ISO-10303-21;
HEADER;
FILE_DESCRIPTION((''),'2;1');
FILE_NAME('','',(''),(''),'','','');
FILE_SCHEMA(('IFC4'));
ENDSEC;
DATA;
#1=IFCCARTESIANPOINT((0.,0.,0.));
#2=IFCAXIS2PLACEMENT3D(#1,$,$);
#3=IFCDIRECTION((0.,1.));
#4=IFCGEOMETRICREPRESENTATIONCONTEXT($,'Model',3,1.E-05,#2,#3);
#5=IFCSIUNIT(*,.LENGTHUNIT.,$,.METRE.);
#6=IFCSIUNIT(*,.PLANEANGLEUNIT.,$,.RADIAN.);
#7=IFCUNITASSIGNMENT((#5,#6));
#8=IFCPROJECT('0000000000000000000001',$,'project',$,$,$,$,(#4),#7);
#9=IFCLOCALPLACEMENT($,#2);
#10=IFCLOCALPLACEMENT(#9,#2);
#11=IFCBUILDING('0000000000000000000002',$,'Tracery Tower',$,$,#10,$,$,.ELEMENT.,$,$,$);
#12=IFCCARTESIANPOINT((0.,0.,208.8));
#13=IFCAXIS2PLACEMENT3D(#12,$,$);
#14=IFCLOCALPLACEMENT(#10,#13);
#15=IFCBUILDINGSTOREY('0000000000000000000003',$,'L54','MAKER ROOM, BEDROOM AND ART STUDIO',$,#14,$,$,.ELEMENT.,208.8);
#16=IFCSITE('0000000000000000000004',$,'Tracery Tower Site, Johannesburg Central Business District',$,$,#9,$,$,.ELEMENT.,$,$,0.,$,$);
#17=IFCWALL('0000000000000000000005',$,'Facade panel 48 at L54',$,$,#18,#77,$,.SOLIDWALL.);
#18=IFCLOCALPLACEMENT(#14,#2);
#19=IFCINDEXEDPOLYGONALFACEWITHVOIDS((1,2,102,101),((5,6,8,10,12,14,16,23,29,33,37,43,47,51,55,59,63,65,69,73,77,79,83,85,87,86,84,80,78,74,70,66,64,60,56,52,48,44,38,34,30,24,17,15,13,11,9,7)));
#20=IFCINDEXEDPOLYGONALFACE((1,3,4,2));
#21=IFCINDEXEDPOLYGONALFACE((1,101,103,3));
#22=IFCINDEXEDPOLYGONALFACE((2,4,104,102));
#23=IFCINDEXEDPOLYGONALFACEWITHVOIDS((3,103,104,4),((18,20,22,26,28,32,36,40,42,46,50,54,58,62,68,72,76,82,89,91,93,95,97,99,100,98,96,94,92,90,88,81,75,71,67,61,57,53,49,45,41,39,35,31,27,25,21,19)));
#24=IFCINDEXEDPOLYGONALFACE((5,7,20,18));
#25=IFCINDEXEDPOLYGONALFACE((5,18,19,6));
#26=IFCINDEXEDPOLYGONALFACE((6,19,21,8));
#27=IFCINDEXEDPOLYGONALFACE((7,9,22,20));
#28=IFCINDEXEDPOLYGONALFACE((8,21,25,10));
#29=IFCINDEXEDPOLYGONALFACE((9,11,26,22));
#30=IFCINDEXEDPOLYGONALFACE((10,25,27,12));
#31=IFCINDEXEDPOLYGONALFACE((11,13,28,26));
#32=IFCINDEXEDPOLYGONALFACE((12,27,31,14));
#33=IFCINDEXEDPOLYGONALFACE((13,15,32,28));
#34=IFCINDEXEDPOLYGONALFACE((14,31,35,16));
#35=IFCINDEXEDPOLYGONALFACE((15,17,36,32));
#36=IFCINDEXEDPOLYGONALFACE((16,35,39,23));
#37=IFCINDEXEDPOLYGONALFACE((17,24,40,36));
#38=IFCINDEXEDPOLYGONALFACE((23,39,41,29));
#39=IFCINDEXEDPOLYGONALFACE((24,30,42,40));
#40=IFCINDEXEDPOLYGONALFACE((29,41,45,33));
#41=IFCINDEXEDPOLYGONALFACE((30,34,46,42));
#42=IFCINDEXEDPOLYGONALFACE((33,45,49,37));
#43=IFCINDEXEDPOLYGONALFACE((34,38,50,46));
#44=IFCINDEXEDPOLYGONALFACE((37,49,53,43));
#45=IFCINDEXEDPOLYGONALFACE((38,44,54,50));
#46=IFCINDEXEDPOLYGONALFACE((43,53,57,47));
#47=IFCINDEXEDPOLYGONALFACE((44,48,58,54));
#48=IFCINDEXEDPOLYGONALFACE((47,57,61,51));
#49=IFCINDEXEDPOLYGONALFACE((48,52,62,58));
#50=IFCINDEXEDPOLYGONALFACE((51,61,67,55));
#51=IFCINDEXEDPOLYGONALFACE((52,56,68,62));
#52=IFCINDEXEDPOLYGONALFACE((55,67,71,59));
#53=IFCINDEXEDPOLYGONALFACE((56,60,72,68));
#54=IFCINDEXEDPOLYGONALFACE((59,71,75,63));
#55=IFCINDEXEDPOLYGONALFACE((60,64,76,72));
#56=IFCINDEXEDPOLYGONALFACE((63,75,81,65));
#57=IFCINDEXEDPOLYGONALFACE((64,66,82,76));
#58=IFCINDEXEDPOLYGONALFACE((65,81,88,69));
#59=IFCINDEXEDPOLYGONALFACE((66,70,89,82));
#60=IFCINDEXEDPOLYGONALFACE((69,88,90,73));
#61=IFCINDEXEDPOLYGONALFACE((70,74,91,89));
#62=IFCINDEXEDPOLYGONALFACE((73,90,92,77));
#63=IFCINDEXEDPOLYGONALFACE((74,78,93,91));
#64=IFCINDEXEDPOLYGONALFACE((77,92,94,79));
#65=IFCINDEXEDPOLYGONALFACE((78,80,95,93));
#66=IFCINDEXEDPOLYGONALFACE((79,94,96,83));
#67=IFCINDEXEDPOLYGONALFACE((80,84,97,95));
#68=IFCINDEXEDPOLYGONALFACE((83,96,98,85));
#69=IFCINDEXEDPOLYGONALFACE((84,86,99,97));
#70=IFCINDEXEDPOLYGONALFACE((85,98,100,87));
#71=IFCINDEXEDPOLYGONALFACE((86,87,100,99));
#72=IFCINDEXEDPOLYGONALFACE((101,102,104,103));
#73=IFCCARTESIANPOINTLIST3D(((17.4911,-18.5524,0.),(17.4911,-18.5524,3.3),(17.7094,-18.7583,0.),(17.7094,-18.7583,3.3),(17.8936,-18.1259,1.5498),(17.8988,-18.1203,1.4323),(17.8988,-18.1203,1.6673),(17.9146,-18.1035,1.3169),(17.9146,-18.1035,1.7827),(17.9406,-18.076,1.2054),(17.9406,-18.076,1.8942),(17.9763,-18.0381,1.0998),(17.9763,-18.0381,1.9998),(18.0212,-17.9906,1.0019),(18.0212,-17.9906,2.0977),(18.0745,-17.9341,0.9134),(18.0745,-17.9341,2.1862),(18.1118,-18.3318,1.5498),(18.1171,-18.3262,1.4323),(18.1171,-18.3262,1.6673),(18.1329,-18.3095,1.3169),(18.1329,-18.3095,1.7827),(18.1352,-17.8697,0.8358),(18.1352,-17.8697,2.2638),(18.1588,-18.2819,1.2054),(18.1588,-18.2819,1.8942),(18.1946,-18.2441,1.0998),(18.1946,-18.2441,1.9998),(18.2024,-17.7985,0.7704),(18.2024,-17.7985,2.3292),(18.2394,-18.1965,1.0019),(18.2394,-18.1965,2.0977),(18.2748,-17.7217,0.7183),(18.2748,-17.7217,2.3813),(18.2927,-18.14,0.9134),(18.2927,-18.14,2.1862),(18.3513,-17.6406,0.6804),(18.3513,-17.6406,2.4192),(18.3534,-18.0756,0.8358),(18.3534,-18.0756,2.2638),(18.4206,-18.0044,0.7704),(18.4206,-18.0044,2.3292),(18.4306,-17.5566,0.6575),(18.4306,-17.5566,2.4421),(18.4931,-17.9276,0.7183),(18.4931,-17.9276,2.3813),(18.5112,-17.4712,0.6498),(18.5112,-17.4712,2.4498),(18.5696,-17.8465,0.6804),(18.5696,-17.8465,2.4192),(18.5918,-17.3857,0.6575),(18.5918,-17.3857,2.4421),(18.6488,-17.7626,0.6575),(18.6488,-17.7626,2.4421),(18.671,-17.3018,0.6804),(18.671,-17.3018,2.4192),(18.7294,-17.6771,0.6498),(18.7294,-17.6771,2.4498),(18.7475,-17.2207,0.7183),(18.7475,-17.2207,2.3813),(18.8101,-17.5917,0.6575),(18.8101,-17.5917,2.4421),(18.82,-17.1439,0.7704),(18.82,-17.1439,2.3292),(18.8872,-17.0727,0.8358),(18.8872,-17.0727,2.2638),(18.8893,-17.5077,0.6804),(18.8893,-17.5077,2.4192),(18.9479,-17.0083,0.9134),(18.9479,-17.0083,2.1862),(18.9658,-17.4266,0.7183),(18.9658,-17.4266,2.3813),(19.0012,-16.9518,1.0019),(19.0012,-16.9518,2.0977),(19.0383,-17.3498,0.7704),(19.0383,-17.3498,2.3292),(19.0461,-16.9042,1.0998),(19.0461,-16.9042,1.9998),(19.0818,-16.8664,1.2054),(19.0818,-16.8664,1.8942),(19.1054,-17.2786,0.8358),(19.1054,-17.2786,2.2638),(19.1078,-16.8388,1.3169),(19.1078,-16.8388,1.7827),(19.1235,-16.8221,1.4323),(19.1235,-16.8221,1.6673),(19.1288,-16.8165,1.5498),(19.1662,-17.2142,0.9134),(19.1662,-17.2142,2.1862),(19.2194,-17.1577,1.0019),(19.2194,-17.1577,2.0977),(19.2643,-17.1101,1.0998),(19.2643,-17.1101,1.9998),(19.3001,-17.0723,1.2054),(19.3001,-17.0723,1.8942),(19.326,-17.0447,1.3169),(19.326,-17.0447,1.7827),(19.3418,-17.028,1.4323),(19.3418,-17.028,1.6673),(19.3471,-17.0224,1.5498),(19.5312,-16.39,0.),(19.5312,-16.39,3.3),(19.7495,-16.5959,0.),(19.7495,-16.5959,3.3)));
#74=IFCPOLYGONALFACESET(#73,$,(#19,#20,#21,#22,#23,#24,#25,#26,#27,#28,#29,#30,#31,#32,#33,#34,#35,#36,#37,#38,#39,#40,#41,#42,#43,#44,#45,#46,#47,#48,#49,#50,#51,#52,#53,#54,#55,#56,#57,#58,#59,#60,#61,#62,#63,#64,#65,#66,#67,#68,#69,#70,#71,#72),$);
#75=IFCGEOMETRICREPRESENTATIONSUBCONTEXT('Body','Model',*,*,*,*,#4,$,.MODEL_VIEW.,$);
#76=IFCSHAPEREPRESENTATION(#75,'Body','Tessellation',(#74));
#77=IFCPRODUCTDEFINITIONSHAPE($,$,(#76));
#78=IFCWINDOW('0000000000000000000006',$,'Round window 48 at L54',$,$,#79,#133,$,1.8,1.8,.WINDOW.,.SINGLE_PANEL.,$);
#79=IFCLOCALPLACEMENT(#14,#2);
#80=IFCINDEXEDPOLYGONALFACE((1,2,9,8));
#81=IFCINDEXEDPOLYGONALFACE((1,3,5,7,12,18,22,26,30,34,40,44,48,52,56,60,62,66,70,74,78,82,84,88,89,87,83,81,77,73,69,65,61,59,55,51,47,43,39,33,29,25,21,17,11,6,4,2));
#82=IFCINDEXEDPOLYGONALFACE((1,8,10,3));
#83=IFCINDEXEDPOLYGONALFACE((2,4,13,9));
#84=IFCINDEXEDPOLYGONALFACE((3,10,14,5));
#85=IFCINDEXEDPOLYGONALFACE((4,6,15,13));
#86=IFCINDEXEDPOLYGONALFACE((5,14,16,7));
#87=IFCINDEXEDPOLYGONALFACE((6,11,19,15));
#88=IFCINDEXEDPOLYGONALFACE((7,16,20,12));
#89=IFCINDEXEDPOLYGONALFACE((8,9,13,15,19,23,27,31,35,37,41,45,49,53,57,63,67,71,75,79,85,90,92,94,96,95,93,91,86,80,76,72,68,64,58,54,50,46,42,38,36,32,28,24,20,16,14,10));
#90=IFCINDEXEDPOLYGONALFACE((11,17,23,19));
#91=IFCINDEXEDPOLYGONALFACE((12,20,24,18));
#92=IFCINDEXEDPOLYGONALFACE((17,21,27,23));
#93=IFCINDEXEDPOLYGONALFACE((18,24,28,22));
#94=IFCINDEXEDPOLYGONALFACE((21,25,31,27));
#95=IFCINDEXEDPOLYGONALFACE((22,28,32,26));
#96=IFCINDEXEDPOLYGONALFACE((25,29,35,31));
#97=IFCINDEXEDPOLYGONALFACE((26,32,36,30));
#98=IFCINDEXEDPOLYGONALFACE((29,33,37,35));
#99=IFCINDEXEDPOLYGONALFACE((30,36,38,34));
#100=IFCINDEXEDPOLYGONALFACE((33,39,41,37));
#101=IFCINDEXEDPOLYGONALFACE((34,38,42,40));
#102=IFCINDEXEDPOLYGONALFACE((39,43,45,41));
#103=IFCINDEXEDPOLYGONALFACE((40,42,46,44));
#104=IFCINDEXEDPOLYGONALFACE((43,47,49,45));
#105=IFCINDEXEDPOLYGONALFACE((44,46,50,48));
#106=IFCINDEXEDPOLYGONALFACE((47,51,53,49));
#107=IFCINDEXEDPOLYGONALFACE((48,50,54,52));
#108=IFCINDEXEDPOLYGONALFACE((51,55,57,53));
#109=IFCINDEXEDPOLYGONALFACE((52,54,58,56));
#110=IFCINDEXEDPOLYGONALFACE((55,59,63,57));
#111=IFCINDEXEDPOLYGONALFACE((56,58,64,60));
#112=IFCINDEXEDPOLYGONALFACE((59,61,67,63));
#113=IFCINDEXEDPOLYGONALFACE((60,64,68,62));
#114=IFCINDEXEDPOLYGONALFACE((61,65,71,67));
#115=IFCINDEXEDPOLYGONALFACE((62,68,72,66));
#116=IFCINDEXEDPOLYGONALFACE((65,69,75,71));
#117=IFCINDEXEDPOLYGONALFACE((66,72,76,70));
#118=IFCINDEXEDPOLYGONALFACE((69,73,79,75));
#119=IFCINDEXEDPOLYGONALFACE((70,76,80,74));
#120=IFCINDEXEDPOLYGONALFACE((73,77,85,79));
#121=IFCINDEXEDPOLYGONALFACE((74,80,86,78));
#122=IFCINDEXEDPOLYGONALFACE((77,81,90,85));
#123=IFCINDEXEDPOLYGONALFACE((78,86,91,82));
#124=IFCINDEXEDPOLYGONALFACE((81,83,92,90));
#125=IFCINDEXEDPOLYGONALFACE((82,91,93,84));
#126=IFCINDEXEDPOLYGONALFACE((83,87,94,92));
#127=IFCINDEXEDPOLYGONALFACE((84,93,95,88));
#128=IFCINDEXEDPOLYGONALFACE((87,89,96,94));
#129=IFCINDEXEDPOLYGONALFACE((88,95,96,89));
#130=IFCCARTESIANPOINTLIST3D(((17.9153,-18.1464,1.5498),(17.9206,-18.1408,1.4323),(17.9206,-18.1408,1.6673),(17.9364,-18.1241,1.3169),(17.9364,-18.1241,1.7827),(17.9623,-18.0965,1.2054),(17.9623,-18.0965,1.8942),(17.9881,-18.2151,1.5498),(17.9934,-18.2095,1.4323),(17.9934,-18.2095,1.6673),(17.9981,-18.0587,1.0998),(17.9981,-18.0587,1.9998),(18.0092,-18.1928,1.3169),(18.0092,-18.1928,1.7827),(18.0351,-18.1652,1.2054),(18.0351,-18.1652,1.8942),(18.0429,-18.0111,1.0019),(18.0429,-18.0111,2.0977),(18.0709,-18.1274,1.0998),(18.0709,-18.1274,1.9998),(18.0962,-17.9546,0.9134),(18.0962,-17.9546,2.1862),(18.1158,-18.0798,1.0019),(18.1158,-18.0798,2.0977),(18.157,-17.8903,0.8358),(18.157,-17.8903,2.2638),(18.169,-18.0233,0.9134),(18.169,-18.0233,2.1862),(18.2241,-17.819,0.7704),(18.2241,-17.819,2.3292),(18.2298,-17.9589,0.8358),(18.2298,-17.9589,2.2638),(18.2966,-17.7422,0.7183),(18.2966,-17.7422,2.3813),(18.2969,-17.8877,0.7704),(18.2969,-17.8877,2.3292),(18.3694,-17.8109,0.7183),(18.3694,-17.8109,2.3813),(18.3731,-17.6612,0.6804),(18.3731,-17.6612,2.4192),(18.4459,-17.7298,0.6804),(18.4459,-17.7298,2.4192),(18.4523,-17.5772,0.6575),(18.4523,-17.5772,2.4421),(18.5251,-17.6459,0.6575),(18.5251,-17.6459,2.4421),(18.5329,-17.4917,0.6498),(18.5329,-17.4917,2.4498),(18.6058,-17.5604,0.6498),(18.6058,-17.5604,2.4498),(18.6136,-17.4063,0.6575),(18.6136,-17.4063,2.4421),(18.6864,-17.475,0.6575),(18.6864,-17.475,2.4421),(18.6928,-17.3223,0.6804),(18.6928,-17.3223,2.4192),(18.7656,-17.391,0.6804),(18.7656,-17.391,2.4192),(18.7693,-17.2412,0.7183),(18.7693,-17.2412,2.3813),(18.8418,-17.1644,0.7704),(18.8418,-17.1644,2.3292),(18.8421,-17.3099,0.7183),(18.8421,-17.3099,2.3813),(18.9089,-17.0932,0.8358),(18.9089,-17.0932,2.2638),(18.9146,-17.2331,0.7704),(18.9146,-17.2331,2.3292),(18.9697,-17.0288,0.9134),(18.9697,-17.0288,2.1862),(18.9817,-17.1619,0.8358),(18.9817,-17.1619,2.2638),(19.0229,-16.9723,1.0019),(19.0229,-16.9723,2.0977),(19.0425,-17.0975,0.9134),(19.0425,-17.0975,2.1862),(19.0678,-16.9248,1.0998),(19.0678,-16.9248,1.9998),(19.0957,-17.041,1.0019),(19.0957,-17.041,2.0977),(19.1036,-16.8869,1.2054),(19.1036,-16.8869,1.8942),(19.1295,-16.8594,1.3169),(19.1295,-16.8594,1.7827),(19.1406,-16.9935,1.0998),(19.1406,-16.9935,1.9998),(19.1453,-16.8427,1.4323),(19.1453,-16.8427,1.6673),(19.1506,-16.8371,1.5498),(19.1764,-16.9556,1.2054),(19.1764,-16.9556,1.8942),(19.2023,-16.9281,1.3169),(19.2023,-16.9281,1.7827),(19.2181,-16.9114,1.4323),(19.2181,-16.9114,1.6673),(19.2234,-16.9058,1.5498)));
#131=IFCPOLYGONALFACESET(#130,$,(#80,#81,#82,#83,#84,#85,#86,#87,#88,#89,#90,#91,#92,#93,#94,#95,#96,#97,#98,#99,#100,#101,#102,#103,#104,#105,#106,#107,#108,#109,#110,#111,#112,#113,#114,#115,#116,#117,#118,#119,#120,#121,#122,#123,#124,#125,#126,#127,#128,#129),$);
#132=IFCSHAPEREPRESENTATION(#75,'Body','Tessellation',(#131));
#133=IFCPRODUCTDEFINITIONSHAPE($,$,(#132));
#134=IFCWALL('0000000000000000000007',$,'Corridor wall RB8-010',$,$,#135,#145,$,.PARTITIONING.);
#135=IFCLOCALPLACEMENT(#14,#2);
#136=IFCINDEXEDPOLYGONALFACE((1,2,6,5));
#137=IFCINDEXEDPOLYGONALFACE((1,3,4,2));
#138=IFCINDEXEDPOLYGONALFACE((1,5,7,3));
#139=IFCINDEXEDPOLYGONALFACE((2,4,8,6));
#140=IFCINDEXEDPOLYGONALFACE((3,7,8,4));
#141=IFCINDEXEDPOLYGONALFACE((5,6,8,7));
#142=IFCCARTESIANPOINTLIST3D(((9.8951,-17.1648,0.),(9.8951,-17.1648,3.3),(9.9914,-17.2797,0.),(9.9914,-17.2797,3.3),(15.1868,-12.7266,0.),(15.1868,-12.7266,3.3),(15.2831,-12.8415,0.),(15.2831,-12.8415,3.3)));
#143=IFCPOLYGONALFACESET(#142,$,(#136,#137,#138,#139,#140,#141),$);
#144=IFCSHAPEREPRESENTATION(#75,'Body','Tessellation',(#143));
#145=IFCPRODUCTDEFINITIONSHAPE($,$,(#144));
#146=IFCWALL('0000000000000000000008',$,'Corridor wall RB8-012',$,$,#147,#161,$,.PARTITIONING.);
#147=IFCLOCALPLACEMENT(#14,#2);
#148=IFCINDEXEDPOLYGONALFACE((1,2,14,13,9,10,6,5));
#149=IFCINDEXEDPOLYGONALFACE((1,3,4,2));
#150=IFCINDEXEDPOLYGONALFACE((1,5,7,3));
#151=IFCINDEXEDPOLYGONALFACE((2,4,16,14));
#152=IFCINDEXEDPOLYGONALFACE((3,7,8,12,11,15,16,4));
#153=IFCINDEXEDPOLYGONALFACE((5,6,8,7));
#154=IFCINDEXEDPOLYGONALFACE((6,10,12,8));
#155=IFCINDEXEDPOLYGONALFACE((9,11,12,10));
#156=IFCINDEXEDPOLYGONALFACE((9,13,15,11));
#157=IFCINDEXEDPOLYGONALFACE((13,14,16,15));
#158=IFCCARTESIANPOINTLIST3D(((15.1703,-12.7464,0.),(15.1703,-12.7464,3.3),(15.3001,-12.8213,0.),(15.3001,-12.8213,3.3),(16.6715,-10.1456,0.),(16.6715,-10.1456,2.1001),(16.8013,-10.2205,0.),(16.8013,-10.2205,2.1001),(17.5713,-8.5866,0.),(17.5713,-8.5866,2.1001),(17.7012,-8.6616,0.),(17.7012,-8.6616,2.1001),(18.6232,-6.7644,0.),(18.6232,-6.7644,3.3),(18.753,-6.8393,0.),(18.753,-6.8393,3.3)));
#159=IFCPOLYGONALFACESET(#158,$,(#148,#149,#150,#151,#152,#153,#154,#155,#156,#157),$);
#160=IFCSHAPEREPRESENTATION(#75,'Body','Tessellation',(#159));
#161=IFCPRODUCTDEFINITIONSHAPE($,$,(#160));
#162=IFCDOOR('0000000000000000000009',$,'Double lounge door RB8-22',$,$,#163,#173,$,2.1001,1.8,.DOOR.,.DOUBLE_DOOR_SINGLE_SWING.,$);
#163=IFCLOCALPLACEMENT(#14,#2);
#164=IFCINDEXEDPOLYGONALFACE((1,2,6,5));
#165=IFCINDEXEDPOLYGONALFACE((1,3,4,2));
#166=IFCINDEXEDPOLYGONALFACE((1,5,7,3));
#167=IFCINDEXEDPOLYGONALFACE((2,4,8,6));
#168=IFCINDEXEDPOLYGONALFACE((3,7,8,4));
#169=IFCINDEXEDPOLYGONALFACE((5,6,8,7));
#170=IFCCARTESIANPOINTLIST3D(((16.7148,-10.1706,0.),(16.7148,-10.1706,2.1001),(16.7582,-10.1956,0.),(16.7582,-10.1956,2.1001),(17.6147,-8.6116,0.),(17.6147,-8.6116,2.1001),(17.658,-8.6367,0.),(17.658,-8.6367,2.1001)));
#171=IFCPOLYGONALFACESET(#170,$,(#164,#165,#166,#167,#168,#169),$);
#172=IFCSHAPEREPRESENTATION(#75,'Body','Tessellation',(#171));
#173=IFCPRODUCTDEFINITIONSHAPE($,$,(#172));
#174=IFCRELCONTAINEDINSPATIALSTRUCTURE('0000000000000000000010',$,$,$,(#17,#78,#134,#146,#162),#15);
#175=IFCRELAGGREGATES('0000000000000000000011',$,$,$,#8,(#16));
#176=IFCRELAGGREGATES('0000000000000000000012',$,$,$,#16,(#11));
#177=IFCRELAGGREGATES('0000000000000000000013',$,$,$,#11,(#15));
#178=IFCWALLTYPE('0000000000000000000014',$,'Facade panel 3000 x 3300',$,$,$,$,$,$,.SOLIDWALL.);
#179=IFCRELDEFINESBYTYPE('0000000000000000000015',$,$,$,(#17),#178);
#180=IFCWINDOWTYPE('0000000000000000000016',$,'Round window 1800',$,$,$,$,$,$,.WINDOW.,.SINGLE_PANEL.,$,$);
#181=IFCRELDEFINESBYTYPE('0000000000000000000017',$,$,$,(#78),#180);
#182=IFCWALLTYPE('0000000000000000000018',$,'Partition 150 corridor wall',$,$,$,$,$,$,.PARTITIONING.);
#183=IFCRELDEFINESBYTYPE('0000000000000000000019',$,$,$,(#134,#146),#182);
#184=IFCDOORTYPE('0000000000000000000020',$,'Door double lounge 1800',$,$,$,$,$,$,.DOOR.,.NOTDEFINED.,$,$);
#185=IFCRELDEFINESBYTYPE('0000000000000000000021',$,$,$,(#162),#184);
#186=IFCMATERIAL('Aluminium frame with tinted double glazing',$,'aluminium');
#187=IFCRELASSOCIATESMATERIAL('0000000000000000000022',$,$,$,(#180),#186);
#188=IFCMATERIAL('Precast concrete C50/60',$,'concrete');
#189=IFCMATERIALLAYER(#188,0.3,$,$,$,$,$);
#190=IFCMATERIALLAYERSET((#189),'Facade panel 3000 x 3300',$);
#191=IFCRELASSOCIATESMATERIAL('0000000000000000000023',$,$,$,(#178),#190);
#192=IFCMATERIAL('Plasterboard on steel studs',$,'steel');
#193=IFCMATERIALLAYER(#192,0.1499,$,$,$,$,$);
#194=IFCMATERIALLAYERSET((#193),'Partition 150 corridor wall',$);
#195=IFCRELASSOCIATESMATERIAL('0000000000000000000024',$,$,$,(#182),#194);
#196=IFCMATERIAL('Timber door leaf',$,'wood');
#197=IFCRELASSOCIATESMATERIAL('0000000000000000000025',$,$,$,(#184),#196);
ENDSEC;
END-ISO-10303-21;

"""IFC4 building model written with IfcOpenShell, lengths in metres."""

from ifc_helpers import new_model, si_unit, direction, frame, frame_2d, origin, origin_2d, place, context, subcontext, project, spatial, rectangle, circle, extrude, material, layer, layer_set, type_object, element, fill, save


model = new_model("IFC4")

# Units and contexts
model_context = context("Model", 3, precision=1e-05, world=origin(), true_north=direction((0.0, 1.0)))
body_context = subcontext(model_context, "Body", "Model", "MODEL_VIEW")
ifc_project = project(units=[si_unit("LENGTHUNIT", "METRE"), si_unit("PLANEANGLEUNIT", "RADIAN")], contexts=[model_context])

# Site, building, storey
site_placement = place(None, origin())
site = spatial("IfcSite", under=ifc_project, at=site_placement, Name="Tracery Tower Site, Johannesburg Central Business District", CompositionType="ELEMENT", RefElevation=0.0)
building_placement = place(site_placement, origin())
building = spatial("IfcBuilding", under=site, at=building_placement, Name="Tracery Tower", CompositionType="ELEMENT")
storey_placement = place(building_placement, frame((0.0, 0.0, 208.8)))
storey = spatial("IfcBuildingStorey", under=building, at=storey_placement, Name="L54", Description="MAKER ROOM, BEDROOM AND ART STUDIO", CompositionType="ELEMENT", Elevation=208.8)

# Wall, opening, window
ifc_material_1 = material(Name="Aluminium frame with tinted double glazing", Category="aluminium")
window_type = type_object("IfcWindowType", Name="Round window 1800", PartitioningType="SINGLE_PANEL", PredefinedType="WINDOW", material=ifc_material_1)
ifc_material_2 = material(Name="Precast concrete C50/60", Category="concrete")
ifc_layer_1 = layer(ifc_material_2, 0.3)
ifc_layer_set_1 = layer_set([ifc_layer_1], Name="Facade panel 3000 x 3300")
wall_type_1 = type_object("IfcWallType", Name="Facade panel 3000 x 3300", PredefinedType="SOLIDWALL", material=ifc_layer_set_1)
wall_1_placement = place(storey_placement, frame((17.6003, -18.6553, 0.0), z_axis=(0.0, 0.0, 1.0), x_axis=(0.686235, 0.72738, 0.0)))
wall_1 = element("IfcWall", 1, at=wall_1_placement, inside=storey, type_object=wall_type_1, Name="Facade panel 48 at L54", PredefinedType="SOLIDWALL", context=body_context, shape_type="SweptSolid", body=[
    extrude(rectangle(XDim=2.9729, YDim=0.3, at=frame_2d((1.4863, 0.0))), origin(), (0.0, 0.0, 1.0), 3.3),
])
opening_1_placement = place(wall_1_placement, frame((1.4863, 0.0, 1.5498)))
opening_1 = element("IfcOpeningElement", 2, at=opening_1_placement, cuts=wall_1, PredefinedType="OPENING", context=body_context, shape_type="SweptSolid", body=[
    extrude(circle(Radius=0.9, at=origin_2d()), frame((0.0, 0.1599, 0.0), z_axis=(0.0, -1.0, 0.0), x_axis=(1.0, 0.0, 0.0)), (0.0, 0.0, 1.0), 0.3201),
])
window_1_placement = place(opening_1_placement, origin())
window_1 = element("IfcWindow", 3, at=window_1_placement, inside=storey, type_object=window_type, Name="Round window 48 at L54", OverallHeight=1.8, OverallWidth=1.8, PartitioningType="SINGLE_PANEL", PredefinedType="WINDOW", context=body_context, shape_type="SweptSolid", body=[
    extrude(circle(Radius=0.9, at=origin_2d()), frame((0.0, 0.1201, 0.0), z_axis=(0.0, -1.0, 0.0), x_axis=(1.0, 0.0, 0.0)), (0.0, 0.0, 1.0), 0.1001),
])
fill(opening_1, window_1)

# Wall
ifc_material_3 = material(Name="Plasterboard on steel studs", Category="steel")
ifc_layer_2 = layer(ifc_material_3, 0.1499)
ifc_layer_set_2 = layer_set([ifc_layer_2], Name="Partition 150 corridor wall")
wall_type_2 = type_object("IfcWallType", Name="Partition 150 corridor wall", PredefinedType="PARTITIONING", material=ifc_layer_set_2)
wall_2_placement = place(storey_placement, frame((9.9434, -17.2222, 0.0), z_axis=(0.0, 0.0, 1.0), x_axis=(0.766192, 0.642612, 0.0)))
element("IfcWall", 4, at=wall_2_placement, inside=storey, type_object=wall_type_2, Name="Corridor wall RB8-010", PredefinedType="PARTITIONING", context=body_context, shape_type="SweptSolid", body=[
    extrude(rectangle(XDim=6.9065, YDim=0.1499, at=frame_2d((3.4531, 0.0))), origin(), (0.0, 0.0, 1.0), 3.3),
])

# Wall, opening, door
wall_3_placement = place(storey_placement, frame((15.2351, -12.7839, 0.0), z_axis=(0.0, 0.0, 1.0), x_axis=(0.499914, 0.866075, 0.0)))
wall_3 = element("IfcWall", 5, at=wall_3_placement, inside=storey, type_object=wall_type_2, Name="Corridor wall RB8-012", PredefinedType="PARTITIONING", context=body_context, shape_type="SweptSolid", body=[
    extrude(rectangle(XDim=6.907, YDim=0.1499, at=frame_2d((3.4536, 0.0))), origin(), (0.0, 0.0, 1.0), 3.3),
])
opening_2_placement = place(wall_3_placement, frame((3.0032, 0.0, 0.0)))
opening_2 = element("IfcOpeningElement", 6, at=opening_2_placement, cuts=wall_3, PredefinedType="OPENING", context=body_context, shape_type="SweptSolid", body=[
    extrude(rectangle(XDim=1.8, YDim=2.1001, at=frame_2d((0.8999, 1.05))), frame((0.0, 0.075, 0.0), z_axis=(0.0, -1.0, 0.0), x_axis=(1.0, 0.0, 0.0)), (0.0, 0.0, 1.0), 0.1499),
])
ifc_material_4 = material(Name="Timber door leaf", Category="wood")
door_type = type_object("IfcDoorType", Name="Door double lounge 1800", OperationType="NOTDEFINED", PredefinedType="DOOR", material=ifc_material_4)
door_placement = place(opening_2_placement, origin())
door = element("IfcDoor", 7, at=door_placement, inside=storey, type_object=door_type, Name="Double lounge door RB8-22", OperationType="DOUBLE_DOOR_SINGLE_SWING", OverallHeight=2.1001, OverallWidth=1.8, PredefinedType="DOOR", context=body_context, shape_type="SweptSolid", body=[
    extrude(rectangle(XDim=1.8, YDim=2.1001, at=frame_2d((0.8999, 1.05))), frame((0.0, 0.0249, 0.0), z_axis=(0.0, -1.0, 0.0), x_axis=(1.0, 0.0, 0.0)), (0.0, 0.0, 1.0), 0.05),
])
fill(opening_2, door)

save(model, "model.ifc")
